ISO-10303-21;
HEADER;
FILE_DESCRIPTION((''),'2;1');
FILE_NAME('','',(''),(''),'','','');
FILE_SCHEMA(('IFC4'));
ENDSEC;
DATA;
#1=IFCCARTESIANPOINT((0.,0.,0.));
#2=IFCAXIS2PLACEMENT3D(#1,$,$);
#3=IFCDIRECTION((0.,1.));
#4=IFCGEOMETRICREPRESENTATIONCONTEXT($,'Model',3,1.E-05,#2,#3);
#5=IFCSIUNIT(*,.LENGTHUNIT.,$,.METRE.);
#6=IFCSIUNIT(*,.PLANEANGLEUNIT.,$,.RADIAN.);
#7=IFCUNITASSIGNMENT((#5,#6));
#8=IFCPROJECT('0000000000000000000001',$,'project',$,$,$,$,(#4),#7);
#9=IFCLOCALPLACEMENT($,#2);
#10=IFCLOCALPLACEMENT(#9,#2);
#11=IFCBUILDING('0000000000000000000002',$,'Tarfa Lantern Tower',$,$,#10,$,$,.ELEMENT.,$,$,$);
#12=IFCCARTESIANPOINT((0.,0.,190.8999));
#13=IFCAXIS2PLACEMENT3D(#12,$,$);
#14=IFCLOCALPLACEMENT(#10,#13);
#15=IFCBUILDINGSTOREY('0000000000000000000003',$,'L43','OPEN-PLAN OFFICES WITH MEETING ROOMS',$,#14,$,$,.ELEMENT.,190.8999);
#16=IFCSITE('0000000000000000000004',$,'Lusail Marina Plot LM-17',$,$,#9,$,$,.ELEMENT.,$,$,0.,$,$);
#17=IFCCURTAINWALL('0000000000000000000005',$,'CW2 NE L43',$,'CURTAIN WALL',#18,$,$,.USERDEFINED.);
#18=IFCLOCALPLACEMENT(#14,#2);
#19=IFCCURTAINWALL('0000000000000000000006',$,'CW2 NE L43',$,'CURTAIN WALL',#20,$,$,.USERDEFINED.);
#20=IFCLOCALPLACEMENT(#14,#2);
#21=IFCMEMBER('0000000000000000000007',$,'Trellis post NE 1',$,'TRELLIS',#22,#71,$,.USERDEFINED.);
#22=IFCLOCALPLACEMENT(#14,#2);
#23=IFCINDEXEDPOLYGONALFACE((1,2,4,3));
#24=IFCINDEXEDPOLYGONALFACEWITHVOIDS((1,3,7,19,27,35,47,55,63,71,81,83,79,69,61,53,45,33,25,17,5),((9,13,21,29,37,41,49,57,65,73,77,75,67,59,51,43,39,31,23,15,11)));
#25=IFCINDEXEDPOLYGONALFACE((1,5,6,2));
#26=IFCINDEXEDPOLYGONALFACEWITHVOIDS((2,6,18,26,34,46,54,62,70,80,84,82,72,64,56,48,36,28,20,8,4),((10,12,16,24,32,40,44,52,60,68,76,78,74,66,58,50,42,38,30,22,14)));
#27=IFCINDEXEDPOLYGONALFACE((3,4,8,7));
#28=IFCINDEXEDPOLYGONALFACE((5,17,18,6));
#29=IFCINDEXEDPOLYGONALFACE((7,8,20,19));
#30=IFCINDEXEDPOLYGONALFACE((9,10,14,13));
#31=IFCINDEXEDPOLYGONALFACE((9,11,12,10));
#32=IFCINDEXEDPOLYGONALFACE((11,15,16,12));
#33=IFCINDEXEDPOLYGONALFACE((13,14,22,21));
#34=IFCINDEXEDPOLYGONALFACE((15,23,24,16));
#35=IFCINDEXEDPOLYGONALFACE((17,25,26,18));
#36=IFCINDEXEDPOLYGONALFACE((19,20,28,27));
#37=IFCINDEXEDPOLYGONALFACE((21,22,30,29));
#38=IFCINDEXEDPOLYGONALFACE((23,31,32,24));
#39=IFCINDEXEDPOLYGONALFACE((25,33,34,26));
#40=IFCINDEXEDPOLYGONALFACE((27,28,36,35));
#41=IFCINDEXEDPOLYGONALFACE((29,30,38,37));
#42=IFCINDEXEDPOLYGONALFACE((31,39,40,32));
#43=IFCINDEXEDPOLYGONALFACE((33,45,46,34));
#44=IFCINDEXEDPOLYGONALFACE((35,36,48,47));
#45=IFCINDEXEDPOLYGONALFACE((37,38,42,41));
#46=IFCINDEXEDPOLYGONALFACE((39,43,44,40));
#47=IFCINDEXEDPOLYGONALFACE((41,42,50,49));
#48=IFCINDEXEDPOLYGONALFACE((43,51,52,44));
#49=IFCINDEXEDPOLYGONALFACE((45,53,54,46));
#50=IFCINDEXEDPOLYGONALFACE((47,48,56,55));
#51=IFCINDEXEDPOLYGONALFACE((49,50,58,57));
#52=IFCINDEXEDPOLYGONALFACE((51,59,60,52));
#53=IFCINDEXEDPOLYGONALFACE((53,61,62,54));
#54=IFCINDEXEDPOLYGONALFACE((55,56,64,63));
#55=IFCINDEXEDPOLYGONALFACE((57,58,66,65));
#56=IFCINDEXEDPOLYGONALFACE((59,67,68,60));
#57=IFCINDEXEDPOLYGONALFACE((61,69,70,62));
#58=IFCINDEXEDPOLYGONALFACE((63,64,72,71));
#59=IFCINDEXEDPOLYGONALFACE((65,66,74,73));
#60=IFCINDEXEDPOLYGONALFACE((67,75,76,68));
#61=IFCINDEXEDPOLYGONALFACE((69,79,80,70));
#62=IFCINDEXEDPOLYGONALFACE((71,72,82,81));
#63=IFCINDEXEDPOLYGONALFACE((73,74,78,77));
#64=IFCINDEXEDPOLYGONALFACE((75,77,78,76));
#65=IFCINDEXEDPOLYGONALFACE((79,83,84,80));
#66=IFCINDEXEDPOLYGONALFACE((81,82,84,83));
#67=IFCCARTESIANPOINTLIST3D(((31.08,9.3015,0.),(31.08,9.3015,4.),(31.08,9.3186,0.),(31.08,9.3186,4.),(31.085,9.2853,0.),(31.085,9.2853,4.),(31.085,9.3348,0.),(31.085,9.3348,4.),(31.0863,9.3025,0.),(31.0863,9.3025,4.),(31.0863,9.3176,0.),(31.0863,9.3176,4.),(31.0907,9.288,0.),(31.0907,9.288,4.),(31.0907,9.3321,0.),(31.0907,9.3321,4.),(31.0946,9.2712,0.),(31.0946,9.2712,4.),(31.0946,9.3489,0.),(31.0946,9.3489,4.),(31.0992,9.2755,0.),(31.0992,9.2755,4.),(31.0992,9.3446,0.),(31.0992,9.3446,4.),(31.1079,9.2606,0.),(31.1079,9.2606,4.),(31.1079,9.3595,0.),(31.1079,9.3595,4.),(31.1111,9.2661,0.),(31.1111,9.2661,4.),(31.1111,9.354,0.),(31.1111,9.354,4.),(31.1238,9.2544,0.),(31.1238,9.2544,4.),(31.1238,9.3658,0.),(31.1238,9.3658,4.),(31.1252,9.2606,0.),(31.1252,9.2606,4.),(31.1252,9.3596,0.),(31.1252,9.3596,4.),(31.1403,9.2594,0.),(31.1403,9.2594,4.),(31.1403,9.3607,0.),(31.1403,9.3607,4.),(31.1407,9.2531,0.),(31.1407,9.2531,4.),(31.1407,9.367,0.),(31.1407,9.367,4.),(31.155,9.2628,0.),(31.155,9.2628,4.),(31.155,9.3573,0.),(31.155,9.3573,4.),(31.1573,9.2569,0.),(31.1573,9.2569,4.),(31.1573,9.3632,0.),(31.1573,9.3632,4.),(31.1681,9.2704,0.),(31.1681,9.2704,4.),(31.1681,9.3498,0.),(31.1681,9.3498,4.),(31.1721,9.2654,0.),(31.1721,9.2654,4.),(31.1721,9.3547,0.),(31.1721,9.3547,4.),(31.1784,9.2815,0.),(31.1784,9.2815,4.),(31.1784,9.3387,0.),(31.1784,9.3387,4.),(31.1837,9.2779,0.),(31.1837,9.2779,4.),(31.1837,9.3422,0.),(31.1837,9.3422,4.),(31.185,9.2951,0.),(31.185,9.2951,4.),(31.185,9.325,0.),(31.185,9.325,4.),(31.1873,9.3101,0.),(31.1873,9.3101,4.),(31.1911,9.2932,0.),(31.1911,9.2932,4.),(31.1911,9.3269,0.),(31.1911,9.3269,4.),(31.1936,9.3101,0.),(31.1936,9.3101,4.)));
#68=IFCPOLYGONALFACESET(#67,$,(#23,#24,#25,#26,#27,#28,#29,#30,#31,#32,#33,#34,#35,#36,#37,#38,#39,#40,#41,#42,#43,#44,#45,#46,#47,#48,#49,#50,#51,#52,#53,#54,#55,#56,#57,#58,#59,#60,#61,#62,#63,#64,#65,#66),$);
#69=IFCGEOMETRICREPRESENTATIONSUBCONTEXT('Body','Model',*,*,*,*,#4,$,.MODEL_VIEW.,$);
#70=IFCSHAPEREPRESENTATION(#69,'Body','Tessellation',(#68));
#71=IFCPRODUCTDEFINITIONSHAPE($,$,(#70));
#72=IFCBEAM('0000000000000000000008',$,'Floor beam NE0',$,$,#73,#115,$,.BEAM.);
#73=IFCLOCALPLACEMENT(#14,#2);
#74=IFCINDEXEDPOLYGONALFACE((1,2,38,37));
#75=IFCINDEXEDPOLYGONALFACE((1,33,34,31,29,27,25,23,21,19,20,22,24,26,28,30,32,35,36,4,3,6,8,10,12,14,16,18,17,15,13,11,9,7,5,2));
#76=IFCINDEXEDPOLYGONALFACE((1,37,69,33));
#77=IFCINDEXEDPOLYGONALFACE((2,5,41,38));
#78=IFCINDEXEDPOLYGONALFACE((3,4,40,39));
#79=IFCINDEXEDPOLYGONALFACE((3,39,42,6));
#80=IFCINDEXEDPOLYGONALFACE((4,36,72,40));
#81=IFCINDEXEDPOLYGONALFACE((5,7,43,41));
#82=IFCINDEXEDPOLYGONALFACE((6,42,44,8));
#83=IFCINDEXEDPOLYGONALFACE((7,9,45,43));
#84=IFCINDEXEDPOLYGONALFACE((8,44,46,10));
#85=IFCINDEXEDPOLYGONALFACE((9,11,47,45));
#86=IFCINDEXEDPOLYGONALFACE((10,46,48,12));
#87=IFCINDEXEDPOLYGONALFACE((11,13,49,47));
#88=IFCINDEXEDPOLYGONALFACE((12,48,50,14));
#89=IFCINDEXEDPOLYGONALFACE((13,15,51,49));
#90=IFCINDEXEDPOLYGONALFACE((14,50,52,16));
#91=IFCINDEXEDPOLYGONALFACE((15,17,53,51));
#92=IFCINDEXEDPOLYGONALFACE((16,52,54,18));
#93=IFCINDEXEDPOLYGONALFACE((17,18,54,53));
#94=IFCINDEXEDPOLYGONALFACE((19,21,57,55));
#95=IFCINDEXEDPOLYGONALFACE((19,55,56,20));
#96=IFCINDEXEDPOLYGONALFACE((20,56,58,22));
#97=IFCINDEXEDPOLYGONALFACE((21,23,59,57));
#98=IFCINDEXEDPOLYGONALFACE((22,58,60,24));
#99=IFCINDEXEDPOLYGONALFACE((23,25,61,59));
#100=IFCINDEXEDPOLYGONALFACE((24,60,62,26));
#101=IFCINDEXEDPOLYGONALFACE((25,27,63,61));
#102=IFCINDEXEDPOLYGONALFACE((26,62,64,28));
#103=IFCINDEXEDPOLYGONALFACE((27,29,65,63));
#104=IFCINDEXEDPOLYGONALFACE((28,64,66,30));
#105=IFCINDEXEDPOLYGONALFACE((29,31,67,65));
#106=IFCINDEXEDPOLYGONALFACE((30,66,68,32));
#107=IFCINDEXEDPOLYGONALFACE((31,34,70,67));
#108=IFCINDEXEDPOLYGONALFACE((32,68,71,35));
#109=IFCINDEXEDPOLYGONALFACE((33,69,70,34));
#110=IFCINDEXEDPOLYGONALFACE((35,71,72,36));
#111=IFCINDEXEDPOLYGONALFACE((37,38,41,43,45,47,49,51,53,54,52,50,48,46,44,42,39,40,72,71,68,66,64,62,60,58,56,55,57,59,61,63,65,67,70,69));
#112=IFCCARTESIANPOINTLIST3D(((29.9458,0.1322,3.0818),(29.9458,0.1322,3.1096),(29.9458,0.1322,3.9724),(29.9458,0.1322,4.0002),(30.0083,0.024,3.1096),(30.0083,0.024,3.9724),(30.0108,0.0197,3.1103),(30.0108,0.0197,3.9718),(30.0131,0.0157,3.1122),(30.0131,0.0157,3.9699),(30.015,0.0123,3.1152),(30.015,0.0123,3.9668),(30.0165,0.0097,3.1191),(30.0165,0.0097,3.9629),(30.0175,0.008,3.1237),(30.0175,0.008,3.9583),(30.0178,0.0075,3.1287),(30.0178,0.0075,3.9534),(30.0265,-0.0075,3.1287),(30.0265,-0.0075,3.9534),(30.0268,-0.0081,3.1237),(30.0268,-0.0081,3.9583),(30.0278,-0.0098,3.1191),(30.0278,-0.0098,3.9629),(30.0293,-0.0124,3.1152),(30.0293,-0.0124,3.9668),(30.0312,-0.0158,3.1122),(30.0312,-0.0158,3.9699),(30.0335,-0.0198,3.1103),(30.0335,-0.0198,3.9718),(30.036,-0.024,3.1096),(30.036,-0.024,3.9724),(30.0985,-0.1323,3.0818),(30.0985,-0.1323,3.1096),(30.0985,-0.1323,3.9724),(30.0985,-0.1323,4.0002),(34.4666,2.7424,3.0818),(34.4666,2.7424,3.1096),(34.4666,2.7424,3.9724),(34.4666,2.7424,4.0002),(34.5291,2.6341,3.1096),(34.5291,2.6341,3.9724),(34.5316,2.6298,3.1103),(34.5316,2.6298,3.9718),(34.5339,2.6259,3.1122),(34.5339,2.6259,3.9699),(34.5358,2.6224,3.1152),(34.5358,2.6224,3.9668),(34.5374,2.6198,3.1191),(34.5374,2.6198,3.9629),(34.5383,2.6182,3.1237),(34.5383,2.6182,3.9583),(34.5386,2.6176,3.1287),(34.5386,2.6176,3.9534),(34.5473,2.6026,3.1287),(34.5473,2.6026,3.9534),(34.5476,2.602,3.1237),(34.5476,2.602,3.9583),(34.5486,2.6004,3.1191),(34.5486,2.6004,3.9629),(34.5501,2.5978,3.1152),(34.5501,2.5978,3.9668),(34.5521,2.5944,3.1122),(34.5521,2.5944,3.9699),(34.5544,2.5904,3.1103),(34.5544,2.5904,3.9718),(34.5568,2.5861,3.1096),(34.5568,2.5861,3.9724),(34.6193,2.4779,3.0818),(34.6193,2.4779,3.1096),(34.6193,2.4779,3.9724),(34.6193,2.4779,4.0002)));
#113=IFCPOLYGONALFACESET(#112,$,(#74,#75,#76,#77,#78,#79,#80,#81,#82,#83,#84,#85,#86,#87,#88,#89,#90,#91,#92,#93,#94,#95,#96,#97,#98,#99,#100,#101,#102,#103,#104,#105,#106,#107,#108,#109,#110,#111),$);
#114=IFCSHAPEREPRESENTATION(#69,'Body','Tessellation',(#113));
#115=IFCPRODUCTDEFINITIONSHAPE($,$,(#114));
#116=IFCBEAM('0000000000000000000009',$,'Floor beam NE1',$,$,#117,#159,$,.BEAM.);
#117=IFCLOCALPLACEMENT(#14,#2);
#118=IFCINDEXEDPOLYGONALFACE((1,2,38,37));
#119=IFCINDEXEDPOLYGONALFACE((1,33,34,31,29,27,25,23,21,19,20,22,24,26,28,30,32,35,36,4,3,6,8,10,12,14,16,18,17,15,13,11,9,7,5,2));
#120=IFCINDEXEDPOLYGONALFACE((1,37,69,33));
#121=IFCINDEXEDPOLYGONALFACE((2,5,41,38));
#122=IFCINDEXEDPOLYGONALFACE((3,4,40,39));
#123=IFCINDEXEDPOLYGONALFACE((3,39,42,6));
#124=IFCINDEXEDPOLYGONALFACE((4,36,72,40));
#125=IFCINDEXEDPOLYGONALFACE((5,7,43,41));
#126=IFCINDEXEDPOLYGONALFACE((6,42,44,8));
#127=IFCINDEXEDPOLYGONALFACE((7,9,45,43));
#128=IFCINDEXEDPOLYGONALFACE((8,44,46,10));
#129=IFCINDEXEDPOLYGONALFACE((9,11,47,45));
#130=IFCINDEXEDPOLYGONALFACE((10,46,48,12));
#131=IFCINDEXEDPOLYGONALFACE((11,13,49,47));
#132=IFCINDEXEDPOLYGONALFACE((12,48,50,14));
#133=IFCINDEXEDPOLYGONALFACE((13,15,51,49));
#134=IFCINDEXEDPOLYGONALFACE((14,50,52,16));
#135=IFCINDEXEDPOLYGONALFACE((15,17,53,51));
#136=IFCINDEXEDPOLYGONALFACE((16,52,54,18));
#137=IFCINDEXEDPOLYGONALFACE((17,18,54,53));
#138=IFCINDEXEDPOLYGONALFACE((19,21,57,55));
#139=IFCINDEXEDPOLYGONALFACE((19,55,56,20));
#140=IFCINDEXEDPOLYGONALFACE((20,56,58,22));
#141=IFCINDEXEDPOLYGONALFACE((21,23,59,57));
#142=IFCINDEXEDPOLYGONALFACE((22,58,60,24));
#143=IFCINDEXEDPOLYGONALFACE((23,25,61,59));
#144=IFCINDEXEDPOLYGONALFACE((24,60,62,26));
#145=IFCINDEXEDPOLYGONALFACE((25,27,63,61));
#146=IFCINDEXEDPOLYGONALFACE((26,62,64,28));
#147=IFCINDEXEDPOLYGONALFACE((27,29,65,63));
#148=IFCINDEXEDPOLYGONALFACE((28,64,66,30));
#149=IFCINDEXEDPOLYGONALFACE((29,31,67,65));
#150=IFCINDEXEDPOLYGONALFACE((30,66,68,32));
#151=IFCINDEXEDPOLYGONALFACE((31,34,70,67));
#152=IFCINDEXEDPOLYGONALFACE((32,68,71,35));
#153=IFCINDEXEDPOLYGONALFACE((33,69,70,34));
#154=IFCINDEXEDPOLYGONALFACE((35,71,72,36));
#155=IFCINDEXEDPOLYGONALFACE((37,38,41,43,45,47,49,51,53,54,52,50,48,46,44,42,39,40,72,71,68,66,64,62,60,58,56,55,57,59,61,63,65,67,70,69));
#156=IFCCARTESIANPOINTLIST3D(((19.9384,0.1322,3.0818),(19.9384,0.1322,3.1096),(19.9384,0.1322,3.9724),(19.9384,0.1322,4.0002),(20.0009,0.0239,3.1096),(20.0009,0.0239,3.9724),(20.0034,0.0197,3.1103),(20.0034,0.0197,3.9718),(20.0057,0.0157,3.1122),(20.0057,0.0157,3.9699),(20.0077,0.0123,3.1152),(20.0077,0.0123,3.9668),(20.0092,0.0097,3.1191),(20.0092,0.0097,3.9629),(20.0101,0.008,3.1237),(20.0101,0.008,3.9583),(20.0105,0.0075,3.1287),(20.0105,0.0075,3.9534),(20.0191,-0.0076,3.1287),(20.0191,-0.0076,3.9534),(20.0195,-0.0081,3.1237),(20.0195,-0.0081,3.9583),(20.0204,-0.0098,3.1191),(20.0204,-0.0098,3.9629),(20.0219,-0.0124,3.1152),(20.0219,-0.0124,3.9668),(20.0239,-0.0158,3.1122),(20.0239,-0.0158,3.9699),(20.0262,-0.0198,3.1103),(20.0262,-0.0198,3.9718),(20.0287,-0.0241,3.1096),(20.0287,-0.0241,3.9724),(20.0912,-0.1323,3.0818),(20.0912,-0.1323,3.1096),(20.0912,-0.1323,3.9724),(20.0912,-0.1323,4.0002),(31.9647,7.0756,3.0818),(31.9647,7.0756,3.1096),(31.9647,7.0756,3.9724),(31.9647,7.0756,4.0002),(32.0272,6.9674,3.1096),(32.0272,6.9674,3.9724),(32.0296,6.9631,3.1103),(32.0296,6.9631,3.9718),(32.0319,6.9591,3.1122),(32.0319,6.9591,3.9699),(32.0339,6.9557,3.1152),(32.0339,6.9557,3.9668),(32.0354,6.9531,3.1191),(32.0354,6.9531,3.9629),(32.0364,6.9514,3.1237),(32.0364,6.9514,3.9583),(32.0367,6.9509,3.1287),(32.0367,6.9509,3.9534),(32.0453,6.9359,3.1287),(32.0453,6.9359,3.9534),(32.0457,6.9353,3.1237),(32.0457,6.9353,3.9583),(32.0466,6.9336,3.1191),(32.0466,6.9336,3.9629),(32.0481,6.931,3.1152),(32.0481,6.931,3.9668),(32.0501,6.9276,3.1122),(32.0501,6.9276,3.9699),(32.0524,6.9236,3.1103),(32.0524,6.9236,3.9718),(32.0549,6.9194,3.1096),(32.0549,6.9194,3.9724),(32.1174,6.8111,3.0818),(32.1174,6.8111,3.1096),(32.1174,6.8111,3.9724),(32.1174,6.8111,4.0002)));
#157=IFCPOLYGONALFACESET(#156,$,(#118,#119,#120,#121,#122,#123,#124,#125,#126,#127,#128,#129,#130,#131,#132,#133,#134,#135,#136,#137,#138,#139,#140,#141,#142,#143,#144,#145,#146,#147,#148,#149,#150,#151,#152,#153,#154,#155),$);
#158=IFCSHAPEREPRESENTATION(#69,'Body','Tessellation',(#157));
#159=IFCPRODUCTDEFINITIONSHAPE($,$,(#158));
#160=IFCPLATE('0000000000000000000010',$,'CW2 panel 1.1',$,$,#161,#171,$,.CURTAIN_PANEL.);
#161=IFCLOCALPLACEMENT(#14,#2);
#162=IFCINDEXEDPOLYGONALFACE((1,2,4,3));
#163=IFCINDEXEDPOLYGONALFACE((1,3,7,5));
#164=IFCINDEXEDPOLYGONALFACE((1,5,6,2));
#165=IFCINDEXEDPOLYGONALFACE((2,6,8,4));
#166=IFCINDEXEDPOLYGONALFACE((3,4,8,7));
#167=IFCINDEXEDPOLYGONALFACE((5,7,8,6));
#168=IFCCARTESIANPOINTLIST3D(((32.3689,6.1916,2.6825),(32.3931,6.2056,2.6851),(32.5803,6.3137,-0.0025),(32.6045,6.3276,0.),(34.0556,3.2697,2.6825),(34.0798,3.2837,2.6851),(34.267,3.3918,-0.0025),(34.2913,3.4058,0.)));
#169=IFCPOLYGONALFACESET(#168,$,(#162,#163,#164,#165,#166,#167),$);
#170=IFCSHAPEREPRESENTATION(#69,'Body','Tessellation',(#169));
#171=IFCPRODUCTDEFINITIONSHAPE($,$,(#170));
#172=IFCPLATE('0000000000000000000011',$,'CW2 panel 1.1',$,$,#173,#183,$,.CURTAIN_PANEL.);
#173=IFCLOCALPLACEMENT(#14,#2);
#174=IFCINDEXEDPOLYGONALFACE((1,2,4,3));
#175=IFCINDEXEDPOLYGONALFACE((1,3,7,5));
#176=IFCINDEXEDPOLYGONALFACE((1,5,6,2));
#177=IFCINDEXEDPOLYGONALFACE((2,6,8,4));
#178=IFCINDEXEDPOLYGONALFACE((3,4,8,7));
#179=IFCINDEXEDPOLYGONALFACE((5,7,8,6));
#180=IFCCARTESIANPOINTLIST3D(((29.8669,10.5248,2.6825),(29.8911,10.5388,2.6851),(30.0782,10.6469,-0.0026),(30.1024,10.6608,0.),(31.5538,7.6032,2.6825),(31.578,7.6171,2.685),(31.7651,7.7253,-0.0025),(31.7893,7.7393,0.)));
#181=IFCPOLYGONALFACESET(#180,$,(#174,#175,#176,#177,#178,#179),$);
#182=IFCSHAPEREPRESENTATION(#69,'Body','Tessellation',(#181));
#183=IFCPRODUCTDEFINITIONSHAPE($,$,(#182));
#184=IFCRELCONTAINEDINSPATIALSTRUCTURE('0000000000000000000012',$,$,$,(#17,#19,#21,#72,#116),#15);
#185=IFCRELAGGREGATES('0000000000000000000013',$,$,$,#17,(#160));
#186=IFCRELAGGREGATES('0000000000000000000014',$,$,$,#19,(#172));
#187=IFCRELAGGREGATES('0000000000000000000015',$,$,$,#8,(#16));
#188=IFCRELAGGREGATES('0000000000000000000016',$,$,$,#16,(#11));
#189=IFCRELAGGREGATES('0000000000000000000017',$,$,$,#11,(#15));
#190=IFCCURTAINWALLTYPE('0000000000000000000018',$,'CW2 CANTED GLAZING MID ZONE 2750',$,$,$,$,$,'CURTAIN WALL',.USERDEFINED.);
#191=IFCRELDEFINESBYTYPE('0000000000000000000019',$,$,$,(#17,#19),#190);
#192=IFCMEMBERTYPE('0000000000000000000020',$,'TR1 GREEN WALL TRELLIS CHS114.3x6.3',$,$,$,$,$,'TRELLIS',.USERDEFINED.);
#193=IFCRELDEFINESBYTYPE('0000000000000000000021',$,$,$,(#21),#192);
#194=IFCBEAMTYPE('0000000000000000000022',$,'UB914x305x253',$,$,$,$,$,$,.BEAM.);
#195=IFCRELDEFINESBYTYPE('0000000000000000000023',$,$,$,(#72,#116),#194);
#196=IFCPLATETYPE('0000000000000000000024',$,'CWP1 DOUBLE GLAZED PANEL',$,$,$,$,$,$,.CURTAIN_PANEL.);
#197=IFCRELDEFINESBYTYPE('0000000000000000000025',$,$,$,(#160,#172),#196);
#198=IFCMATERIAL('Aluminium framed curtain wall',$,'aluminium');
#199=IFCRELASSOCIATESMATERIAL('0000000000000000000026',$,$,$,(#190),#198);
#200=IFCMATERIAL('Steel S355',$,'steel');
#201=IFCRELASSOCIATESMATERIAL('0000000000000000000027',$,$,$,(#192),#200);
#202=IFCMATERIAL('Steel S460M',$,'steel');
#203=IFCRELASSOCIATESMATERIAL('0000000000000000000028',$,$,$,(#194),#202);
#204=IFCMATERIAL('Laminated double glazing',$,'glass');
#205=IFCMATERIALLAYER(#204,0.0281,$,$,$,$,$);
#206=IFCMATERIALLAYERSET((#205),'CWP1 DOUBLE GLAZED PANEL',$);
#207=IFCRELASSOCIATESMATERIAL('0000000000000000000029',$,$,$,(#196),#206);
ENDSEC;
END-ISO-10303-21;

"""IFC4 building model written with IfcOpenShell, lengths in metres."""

from ifc_helpers import new_model, si_unit, direction, frame, origin, origin_2d, place, context, subcontext, project, spatial, polyline, hollow_circle, i_section, outline, extrude, material, layer, layer_set, material_profile, profile_set, type_object, element, aggregate, save


model = new_model("IFC4")

# Units and contexts
model_context = context("Model", 3, precision=1e-05, world=origin(), true_north=direction((0.0, 1.0)))
body_context = subcontext(model_context, "Body", "Model", "MODEL_VIEW")
ifc_project = project(units=[si_unit("LENGTHUNIT", "METRE"), si_unit("PLANEANGLEUNIT", "RADIAN")], contexts=[model_context])

# Site, building, storey
site_placement = place(None, origin())
site = spatial("IfcSite", under=ifc_project, at=site_placement, Name="Lusail Marina Plot LM-17", CompositionType="ELEMENT", RefElevation=0.0)
building_placement = place(site_placement, origin())
building = spatial("IfcBuilding", under=site, at=building_placement, Name="Tarfa Lantern Tower", CompositionType="ELEMENT")
storey_placement = place(building_placement, frame((0.0, 0.0, 190.8999)))
storey = spatial("IfcBuildingStorey", under=building, at=storey_placement, Name="L43", Description="OPEN-PLAN OFFICES WITH MEETING ROOMS", CompositionType="ELEMENT", Elevation=190.8999)

# Curtain walls
ifc_material_1 = material(Name="Aluminium framed curtain wall", Category="aluminium")
curtain_wall_type_1 = type_object("IfcCurtainWallType", Name="CW2 CANTED GLAZING MID ZONE 2750", ElementType="CURTAIN WALL", PredefinedType="USERDEFINED", material=ifc_material_1)
curtain_wall_1_placement = place(storey_placement, origin())
curtain_wall_1 = element("IfcCurtainWall", 1, at=curtain_wall_1_placement, inside=storey, type_object=curtain_wall_type_1, Name="CW2 NE L43", ObjectType="CURTAIN WALL", PredefinedType="USERDEFINED")
curtain_wall_2_placement = place(storey_placement, origin())
curtain_wall_2 = element("IfcCurtainWall", 2, at=curtain_wall_2_placement, inside=storey, type_object=curtain_wall_type_1, Name="CW2 NE L43", ObjectType="CURTAIN WALL", PredefinedType="USERDEFINED")

# Member
ifc_material_2 = material(Name="Steel S355", Category="steel")
ifc_material_profile_1 = material_profile(ifc_material_2, hollow_circle(Radius=0.0571, WallThickness=0.0063, at=origin_2d()), Name="CHS114.3x6.3")
ifc_profile_set_1 = profile_set([ifc_material_profile_1], Name="Steel S355")
member_type_1 = type_object("IfcMemberType", Name="TR1 GREEN WALL TRELLIS CHS114.3x6.3", ElementType="TRELLIS", PredefinedType="USERDEFINED", material=ifc_profile_set_1)
member_1_placement = place(storey_placement, frame((31.1365, 9.3101, 0.0), z_axis=(0.0, 0.0, 1.0), x_axis=(1.0, 0.0, 0.0)))
element("IfcMember", 3, at=member_1_placement, inside=storey, type_object=member_type_1, Name="Trellis post NE 1", ObjectType="TRELLIS", PredefinedType="USERDEFINED", context=body_context, shape_type="SweptSolid", body=[
    extrude(hollow_circle(Radius=0.0571, WallThickness=0.0063, at=origin_2d()), origin(), (0.0, 0.0, 1.0), 4.0),
])

# Beams
ifc_material_3 = material(Name="Steel S460M", Category="steel")
ifc_material_profile_2 = material_profile(ifc_material_3, i_section(OverallWidth=0.3054, OverallDepth=0.9185, WebThickness=0.0173, FlangeThickness=0.0278, FilletRadius=0.019, at=origin_2d()), Name="UB914x305x253")
ifc_profile_set_2 = profile_set([ifc_material_profile_2], Name="Steel S460M")
beam_type_1 = type_object("IfcBeamType", Name="UB914x305x253", PredefinedType="BEAM", material=ifc_profile_set_2)
beam_1_placement = place(storey_placement, frame((34.543, 2.6101, 3.541), z_axis=(-0.866021, -0.500007, 0.0), x_axis=(0.500007, -0.866021, 0.0)))
element("IfcBeam", 4, at=beam_1_placement, inside=storey, type_object=beam_type_1, Name="Floor beam NE0", PredefinedType="BEAM", context=body_context, shape_type="SweptSolid", body=[
    extrude(i_section(OverallWidth=0.3054, OverallDepth=0.9185, WebThickness=0.0173, FlangeThickness=0.0278, FilletRadius=0.019, at=origin_2d()), origin(), (0.0, 0.0, 1.0), 5.2202),
])
beam_2_placement = place(storey_placement, frame((32.041, 6.9434, 3.541), z_axis=(-0.866023, -0.500004, 0.0), x_axis=(0.500004, -0.866023, 0.0)))
element("IfcBeam", 5, at=beam_2_placement, inside=storey, type_object=beam_type_1, Name="Floor beam NE1", PredefinedType="BEAM", context=body_context, shape_type="SweptSolid", body=[
    extrude(i_section(OverallWidth=0.3054, OverallDepth=0.9185, WebThickness=0.0173, FlangeThickness=0.0278, FilletRadius=0.019, at=origin_2d()), origin(), (0.0, 0.0, 1.0), 13.8867),
])

# Plates
ifc_material_4 = material(Name="Laminated double glazing", Category="glass")
ifc_layer_1 = layer(ifc_material_4, 0.0281)
ifc_layer_set_1 = layer_set([ifc_layer_1], Name="CWP1 DOUBLE GLAZED PANEL")
plate_type = type_object("IfcPlateType", Name="CWP1 DOUBLE GLAZED PANEL", PredefinedType="CURTAIN_PANEL", material=ifc_layer_set_1)
plate_1_placement = place(storey_placement, frame((34.2913, 3.4058, 0.0), z_axis=(0.86249, 0.497907, 0.09055), x_axis=(-0.49996, 0.866048, 0.0)))
plate_1 = element("IfcPlate", 6, at=plate_1_placement, type_object=plate_type, Name="CW2 panel 1.1", PredefinedType="CURTAIN_PANEL", context=body_context, shape_type="SweptSolid", body=[
    extrude(outline(polyline([(0.0, 0.0), (3.3738, 0.0), (3.3738, 2.6961), (0.0, 2.6961), (0.0, 0.0)])), origin(), (0.0, 0.0, -1.0), 0.0281),
])
aggregate(curtain_wall_1, [plate_1])
plate_2_placement = place(storey_placement, frame((31.7893, 7.7393, 0.0), z_axis=(0.86246, 0.497967, 0.090511), x_axis=(-0.500019, 0.866015, -0.000003)))
plate_2 = element("IfcPlate", 7, at=plate_2_placement, type_object=plate_type, Name="CW2 panel 1.1", PredefinedType="CURTAIN_PANEL", context=body_context, shape_type="SweptSolid", body=[
    extrude(outline(polyline([(0.0, 0.0), (3.3736, 0.0), (3.3736, 2.6961), (-0.0001, 2.6961), (0.0, 0.0)])), origin(), (0.0, 0.0, -1.0), 0.0281),
])
aggregate(curtain_wall_2, [plate_2])

save(model, "model.ifc")
